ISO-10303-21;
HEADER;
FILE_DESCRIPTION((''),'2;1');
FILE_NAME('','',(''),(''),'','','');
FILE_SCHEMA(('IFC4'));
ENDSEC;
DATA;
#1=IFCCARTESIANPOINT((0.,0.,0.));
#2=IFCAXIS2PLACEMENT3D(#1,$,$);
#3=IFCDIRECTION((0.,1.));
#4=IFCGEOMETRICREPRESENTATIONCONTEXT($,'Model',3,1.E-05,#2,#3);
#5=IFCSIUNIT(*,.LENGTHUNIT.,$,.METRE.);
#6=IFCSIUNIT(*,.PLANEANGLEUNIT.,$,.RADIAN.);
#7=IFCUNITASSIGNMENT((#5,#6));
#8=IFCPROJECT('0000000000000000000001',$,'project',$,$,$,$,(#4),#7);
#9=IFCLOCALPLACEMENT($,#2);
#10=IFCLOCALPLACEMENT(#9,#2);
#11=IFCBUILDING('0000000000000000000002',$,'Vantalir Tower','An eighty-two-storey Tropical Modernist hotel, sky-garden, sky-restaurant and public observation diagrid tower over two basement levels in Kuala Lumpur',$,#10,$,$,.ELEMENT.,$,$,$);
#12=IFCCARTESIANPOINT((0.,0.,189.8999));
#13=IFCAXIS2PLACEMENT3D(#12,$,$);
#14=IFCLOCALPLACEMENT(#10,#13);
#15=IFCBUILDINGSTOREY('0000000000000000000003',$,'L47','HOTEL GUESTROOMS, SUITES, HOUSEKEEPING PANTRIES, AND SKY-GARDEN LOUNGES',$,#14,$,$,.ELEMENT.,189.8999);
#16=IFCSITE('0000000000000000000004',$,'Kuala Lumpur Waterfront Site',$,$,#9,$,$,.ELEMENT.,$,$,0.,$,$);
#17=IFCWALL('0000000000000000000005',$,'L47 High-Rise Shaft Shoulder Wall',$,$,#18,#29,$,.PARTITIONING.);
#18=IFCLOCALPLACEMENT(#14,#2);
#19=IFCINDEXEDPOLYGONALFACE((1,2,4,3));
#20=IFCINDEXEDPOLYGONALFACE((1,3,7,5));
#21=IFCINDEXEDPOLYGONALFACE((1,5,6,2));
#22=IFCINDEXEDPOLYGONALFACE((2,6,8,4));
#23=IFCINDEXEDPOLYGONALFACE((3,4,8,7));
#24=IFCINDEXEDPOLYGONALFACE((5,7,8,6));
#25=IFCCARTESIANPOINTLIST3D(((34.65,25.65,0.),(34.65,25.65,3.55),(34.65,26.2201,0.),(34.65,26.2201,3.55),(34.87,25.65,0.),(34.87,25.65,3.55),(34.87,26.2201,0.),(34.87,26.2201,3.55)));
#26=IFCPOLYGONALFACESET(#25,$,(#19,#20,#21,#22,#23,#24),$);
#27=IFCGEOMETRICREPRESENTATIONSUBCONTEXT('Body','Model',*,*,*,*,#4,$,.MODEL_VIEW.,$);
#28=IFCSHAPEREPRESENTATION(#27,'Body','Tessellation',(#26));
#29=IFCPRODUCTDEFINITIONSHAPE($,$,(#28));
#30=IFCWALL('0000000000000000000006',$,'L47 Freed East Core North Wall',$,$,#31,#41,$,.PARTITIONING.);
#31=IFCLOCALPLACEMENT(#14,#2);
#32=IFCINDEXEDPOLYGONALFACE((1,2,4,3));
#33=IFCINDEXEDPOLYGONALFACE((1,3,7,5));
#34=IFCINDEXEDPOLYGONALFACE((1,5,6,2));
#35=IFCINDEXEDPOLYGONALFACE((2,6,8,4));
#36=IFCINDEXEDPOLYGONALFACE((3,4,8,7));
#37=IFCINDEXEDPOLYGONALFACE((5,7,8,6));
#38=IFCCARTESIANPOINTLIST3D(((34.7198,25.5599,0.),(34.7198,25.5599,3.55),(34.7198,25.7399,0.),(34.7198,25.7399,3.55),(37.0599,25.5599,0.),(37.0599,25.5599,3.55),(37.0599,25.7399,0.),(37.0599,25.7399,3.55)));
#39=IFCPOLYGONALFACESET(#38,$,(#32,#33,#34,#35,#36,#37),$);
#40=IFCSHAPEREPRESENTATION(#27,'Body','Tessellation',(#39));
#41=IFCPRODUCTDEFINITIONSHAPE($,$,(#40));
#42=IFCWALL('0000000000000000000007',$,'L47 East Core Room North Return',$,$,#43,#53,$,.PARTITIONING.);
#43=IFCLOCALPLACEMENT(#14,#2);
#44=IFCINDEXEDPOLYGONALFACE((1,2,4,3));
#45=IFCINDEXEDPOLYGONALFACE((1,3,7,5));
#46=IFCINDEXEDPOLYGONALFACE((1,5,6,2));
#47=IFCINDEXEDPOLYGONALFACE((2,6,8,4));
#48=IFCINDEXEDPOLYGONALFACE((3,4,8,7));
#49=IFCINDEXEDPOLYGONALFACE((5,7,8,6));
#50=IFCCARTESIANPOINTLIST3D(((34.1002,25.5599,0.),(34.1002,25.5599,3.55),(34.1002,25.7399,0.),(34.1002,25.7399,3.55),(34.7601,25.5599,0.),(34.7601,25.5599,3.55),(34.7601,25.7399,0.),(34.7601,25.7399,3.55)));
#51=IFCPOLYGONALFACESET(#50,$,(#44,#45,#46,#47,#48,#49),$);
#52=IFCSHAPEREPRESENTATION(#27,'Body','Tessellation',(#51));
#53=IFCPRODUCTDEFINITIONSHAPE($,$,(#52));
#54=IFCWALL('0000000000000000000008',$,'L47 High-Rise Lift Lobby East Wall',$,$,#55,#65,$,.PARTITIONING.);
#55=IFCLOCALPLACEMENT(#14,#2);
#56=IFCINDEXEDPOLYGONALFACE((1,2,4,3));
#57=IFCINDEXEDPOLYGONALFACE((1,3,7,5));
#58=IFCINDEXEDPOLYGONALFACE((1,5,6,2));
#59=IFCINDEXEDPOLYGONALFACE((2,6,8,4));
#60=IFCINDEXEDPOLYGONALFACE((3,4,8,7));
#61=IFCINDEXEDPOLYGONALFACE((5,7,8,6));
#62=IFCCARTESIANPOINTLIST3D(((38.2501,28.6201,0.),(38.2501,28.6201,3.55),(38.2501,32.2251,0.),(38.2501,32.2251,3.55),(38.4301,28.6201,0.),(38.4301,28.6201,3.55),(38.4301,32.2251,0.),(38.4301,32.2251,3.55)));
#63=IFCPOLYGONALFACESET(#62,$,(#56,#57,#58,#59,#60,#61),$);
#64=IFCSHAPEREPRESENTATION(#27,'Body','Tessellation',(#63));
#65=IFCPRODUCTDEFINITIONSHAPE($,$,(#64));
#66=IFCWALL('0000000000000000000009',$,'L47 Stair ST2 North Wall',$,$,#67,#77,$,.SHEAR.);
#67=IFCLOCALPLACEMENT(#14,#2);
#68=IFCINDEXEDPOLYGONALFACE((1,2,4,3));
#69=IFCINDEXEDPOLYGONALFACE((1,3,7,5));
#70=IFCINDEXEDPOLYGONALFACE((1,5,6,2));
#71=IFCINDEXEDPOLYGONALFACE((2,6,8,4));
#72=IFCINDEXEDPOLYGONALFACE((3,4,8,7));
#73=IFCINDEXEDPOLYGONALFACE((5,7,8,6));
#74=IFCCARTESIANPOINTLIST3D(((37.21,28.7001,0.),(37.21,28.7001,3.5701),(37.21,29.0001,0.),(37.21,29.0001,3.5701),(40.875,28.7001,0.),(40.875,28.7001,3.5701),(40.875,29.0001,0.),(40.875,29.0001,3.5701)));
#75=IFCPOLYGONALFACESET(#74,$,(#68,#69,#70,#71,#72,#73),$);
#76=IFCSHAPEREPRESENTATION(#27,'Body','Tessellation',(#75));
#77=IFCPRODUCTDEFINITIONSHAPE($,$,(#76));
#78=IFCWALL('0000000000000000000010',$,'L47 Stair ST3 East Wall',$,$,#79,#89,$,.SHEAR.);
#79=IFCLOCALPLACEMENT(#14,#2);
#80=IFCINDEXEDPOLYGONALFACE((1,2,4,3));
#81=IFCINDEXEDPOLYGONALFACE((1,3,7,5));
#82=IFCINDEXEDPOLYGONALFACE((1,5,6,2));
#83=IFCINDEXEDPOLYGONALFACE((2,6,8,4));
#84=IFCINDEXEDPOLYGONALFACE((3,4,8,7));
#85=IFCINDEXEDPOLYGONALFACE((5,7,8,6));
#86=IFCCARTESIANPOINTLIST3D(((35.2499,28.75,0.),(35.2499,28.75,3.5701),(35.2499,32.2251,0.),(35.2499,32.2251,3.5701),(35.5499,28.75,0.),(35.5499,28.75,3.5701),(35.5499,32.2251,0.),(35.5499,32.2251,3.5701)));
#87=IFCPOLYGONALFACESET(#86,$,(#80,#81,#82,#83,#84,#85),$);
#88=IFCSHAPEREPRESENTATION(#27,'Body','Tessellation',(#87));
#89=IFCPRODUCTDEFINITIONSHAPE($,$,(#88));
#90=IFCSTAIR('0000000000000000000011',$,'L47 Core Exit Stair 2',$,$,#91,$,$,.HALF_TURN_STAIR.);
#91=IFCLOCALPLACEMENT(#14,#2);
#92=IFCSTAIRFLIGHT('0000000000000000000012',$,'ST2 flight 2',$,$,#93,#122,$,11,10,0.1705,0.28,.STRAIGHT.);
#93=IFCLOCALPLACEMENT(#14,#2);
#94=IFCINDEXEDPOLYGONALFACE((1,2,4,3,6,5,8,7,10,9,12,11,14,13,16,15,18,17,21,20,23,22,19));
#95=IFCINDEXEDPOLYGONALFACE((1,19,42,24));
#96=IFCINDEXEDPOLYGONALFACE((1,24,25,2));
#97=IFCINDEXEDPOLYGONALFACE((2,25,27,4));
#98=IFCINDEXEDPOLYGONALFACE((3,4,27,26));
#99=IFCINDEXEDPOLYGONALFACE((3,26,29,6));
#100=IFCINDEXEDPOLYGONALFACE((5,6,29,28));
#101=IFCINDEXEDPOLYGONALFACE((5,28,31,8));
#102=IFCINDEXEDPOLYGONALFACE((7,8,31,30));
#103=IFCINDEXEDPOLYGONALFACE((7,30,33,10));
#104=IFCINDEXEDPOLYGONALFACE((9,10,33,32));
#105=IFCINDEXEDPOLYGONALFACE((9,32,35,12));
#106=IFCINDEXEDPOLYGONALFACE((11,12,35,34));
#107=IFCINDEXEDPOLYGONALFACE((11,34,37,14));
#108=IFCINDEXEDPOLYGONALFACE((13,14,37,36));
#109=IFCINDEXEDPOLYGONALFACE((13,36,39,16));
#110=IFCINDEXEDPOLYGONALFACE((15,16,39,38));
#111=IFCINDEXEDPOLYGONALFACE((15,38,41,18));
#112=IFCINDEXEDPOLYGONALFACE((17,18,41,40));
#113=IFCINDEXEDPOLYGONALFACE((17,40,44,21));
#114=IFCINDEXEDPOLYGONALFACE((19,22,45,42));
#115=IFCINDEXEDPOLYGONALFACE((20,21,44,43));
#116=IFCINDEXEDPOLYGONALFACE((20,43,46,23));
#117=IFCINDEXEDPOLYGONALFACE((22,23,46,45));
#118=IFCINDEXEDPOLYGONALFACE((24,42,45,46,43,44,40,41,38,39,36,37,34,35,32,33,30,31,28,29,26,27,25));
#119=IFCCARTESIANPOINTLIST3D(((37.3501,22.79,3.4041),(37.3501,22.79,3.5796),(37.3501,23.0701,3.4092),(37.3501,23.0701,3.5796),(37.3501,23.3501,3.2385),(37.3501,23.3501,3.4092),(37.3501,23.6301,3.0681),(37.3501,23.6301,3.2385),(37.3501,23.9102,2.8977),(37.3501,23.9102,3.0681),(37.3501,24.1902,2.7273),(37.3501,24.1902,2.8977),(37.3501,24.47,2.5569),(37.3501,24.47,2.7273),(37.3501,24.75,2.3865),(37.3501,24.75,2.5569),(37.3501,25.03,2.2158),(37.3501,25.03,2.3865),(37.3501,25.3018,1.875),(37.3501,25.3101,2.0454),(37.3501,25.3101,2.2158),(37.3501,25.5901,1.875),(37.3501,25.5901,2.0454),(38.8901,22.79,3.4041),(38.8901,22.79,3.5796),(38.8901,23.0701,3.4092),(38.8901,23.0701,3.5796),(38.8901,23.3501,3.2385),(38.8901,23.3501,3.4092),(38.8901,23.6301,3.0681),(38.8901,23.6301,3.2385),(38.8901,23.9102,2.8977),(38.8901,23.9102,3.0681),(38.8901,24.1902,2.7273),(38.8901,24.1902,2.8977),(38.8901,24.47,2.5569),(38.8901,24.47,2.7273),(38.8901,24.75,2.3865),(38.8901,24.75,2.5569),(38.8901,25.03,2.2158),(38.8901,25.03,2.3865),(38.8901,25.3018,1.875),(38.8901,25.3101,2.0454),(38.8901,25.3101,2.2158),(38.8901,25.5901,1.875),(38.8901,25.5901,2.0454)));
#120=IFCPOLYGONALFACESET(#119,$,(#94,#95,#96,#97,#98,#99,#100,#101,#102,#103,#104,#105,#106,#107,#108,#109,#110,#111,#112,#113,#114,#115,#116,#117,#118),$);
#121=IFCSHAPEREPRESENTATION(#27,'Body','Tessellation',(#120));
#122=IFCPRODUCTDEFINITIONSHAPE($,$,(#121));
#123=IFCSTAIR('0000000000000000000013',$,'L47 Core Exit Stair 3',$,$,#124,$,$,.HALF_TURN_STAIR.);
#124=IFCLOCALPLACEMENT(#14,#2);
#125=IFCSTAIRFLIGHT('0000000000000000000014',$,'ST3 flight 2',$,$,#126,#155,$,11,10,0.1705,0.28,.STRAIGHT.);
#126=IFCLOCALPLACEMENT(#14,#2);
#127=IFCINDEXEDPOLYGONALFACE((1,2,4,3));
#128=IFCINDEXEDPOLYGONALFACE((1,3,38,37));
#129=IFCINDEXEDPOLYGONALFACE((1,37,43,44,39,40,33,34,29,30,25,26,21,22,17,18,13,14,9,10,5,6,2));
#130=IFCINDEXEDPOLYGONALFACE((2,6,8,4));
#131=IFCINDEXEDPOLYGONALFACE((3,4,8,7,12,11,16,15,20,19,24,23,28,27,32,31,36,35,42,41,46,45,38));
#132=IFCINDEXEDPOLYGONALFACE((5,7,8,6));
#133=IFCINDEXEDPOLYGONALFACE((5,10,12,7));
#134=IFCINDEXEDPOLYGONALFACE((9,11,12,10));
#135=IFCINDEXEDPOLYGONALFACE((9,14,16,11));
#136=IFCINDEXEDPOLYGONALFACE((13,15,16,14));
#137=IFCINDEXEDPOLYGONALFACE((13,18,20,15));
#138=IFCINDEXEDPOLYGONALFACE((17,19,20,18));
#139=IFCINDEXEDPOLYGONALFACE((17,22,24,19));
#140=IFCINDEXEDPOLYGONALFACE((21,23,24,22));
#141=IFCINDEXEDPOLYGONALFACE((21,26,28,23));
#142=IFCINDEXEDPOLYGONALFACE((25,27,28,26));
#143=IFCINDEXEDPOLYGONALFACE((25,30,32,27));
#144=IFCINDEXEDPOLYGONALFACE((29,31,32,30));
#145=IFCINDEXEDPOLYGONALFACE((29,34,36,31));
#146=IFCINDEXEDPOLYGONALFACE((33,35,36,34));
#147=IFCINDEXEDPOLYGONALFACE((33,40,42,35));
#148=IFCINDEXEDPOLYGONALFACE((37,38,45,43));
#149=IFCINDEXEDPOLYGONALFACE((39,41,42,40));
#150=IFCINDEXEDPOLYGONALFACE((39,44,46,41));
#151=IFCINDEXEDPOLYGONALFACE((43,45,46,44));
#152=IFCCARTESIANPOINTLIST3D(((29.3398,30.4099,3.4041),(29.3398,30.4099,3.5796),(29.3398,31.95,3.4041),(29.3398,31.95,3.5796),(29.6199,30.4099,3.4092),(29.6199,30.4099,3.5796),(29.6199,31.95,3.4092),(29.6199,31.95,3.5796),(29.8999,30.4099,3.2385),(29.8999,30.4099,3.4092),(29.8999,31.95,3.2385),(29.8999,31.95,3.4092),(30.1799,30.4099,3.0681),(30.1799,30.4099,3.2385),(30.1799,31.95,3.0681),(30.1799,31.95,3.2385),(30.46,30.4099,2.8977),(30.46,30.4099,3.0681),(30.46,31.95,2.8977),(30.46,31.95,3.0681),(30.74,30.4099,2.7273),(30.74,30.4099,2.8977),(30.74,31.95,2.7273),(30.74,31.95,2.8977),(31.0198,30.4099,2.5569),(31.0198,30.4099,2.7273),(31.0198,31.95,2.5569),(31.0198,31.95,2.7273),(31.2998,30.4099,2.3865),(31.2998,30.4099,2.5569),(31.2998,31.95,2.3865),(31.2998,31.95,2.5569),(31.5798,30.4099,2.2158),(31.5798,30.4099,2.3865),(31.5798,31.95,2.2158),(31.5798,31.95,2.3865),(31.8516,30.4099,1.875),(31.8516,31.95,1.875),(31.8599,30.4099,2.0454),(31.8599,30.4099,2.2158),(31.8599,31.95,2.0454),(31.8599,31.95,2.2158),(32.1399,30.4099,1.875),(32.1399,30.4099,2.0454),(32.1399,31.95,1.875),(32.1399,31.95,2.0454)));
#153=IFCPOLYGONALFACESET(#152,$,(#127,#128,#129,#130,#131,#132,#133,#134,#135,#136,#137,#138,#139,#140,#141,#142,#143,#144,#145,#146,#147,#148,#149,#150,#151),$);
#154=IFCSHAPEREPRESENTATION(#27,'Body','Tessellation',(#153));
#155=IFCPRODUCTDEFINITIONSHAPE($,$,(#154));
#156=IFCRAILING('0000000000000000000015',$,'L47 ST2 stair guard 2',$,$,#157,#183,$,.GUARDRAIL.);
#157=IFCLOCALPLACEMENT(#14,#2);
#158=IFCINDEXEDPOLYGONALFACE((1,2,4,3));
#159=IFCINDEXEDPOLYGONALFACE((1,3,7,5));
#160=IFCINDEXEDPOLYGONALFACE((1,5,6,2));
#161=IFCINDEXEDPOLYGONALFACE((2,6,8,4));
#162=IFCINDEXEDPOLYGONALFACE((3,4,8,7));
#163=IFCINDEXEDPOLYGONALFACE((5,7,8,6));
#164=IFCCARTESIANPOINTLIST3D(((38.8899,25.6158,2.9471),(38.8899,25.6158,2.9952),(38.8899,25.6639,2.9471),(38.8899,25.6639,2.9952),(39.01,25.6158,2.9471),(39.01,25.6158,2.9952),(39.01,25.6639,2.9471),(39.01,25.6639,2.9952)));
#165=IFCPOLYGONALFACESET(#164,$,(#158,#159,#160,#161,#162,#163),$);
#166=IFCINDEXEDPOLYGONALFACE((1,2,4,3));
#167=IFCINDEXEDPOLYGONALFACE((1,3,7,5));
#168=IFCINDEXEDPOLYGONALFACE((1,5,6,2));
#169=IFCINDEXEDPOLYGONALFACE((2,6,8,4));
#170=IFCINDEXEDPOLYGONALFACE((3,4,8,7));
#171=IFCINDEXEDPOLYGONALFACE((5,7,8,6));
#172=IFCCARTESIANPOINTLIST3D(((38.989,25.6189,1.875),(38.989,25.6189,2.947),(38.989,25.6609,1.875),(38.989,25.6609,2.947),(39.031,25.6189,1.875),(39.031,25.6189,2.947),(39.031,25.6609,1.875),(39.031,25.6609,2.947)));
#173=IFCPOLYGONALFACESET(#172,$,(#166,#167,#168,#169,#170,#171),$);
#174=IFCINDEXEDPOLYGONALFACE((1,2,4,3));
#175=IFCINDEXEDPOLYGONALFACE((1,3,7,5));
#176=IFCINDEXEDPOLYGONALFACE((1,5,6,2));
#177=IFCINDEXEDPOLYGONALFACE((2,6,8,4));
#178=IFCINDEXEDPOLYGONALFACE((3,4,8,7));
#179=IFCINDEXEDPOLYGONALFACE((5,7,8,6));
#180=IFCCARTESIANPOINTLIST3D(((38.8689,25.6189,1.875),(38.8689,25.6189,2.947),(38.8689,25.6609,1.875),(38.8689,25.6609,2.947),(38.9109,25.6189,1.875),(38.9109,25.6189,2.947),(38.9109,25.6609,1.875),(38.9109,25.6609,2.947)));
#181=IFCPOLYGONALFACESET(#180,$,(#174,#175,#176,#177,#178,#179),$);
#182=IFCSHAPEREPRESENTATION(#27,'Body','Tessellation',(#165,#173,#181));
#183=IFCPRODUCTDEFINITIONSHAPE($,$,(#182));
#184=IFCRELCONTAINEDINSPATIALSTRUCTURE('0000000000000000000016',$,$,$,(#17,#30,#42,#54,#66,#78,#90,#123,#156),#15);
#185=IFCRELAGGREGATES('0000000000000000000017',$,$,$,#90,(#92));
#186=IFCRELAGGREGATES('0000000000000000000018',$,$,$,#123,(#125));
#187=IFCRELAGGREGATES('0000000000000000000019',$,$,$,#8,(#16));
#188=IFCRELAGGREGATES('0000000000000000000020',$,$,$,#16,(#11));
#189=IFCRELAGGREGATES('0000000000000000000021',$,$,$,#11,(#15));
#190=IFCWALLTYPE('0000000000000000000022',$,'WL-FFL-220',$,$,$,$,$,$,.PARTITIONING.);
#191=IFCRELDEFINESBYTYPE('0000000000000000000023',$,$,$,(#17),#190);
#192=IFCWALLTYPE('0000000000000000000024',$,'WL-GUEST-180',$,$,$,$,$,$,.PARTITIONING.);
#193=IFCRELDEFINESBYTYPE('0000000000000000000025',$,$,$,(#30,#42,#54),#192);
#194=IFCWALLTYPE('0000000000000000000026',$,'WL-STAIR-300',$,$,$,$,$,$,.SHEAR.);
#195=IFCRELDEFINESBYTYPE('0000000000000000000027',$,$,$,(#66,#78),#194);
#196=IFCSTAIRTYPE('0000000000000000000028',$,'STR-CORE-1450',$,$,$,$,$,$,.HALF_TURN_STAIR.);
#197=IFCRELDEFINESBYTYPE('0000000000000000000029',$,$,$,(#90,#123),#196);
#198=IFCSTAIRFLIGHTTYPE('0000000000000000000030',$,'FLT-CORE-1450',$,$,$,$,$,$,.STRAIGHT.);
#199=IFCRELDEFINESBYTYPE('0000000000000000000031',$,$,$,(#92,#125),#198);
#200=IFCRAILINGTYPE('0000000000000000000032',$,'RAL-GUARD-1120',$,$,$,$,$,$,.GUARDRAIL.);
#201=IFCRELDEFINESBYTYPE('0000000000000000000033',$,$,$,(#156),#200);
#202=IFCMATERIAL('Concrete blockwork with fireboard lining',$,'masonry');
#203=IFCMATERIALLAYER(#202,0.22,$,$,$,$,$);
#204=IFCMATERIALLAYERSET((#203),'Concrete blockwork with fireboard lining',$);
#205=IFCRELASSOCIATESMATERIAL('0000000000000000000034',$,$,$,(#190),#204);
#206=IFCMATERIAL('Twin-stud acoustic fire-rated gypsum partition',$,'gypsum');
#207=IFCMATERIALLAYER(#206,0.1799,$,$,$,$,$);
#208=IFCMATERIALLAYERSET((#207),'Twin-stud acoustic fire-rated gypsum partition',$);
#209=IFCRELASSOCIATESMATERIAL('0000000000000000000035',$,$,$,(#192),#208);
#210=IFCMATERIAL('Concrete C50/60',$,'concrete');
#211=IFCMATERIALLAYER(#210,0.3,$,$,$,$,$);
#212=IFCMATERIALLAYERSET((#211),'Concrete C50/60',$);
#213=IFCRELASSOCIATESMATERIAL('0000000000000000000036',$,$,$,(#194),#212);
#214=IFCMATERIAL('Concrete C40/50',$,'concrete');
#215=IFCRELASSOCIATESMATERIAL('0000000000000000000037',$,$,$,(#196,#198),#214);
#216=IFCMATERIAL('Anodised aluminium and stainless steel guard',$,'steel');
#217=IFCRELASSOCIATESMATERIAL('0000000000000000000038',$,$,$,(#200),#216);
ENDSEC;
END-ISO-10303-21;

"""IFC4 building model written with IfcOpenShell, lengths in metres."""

from ifc_helpers import new_model, si_unit, direction, frame, frame_2d, origin, origin_2d, place, context, subcontext, project, spatial, polyline, rectangle, outline, extrude, material, layer, layer_set, type_object, element, aggregate, save


model = new_model("IFC4")

# Units and contexts
model_context = context("Model", 3, precision=1e-05, world=origin(), true_north=direction((0.0, 1.0)))
body_context = subcontext(model_context, "Body", "Model", "MODEL_VIEW")
ifc_project = project(units=[si_unit("LENGTHUNIT", "METRE"), si_unit("PLANEANGLEUNIT", "RADIAN")], contexts=[model_context])

# Site, building, storey
site_placement = place(None, origin())
site = spatial("IfcSite", under=ifc_project, at=site_placement, Name="Kuala Lumpur Waterfront Site", CompositionType="ELEMENT", RefElevation=0.0)
building_placement = place(site_placement, origin())
building = spatial("IfcBuilding", under=site, at=building_placement, Name="Vantalir Tower", Description="An eighty-two-storey Tropical Modernist hotel, sky-garden, sky-restaurant and public observation diagrid tower over two basement levels in Kuala Lumpur", CompositionType="ELEMENT")
storey_placement = place(building_placement, frame((0.0, 0.0, 189.8999)))
storey = spatial("IfcBuildingStorey", under=building, at=storey_placement, Name="L47", Description="HOTEL GUESTROOMS, SUITES, HOUSEKEEPING PANTRIES, AND SKY-GARDEN LOUNGES", CompositionType="ELEMENT", Elevation=189.8999)

# Shared definitions
ifc_material_1 = material(Name="Concrete C50/60", Category="concrete")

# Shared definitions
ifc_material_2 = material(Name="Concrete blockwork with fireboard lining", Category="masonry")
ifc_layer_1 = layer(ifc_material_2, 0.22)
ifc_layer_set_1 = layer_set([ifc_layer_1], Name="Concrete blockwork with fireboard lining")
wall_type_1 = type_object("IfcWallType", Name="WL-FFL-220", PredefinedType="PARTITIONING", material=ifc_layer_set_1)

# Walls
wall_1_placement = place(storey_placement, frame((34.76, 25.6499, 0.0), z_axis=(0.0, 0.0, 1.0), x_axis=(0.0, 1.0, 0.0)))
element("IfcWall", 1, at=wall_1_placement, inside=storey, type_object=wall_type_1, Name="L47 High-Rise Shaft Shoulder Wall", PredefinedType="PARTITIONING", context=body_context, shape_type="SweptSolid", body=[
    extrude(rectangle(XDim=0.5701, YDim=0.22, at=frame_2d((0.2852, 0.0))), origin(), (0.0, 0.0, 1.0), 3.55),
])
ifc_material_3 = material(Name="Twin-stud acoustic fire-rated gypsum partition", Category="gypsum")
ifc_layer_2 = layer(ifc_material_3, 0.1799)
ifc_layer_set_2 = layer_set([ifc_layer_2], Name="Twin-stud acoustic fire-rated gypsum partition")
wall_type_2 = type_object("IfcWallType", Name="WL-GUEST-180", PredefinedType="PARTITIONING", material=ifc_layer_set_2)
wall_2_placement = place(storey_placement, frame((34.72, 25.6499, 0.0), z_axis=(0.0, 0.0, 1.0), x_axis=(1.0, 0.0, 0.0)))
element("IfcWall", 2, at=wall_2_placement, inside=storey, type_object=wall_type_2, Name="L47 Freed East Core North Wall", PredefinedType="PARTITIONING", context=body_context, shape_type="SweptSolid", body=[
    extrude(rectangle(XDim=2.3401, YDim=0.1799, at=frame_2d((1.1699, 0.0))), origin(), (0.0, 0.0, 1.0), 3.55),
])
wall_3_placement = place(storey_placement, frame((34.1001, 25.6499, 0.0), z_axis=(0.0, 0.0, 1.0), x_axis=(1.0, 0.0, 0.0)))
element("IfcWall", 3, at=wall_3_placement, inside=storey, type_object=wall_type_2, Name="L47 East Core Room North Return", PredefinedType="PARTITIONING", context=body_context, shape_type="SweptSolid", body=[
    extrude(rectangle(XDim=0.6599, YDim=0.1799, at=frame_2d((0.3301, 0.0))), origin(), (0.0, 0.0, 1.0), 3.55),
])
wall_4_placement = place(storey_placement, frame((38.3401, 28.6201, 0.0), z_axis=(0.0, 0.0, 1.0), x_axis=(0.0, 1.0, 0.0)))
element("IfcWall", 4, at=wall_4_placement, inside=storey, type_object=wall_type_2, Name="L47 High-Rise Lift Lobby East Wall", PredefinedType="PARTITIONING", context=body_context, shape_type="SweptSolid", body=[
    extrude(rectangle(XDim=3.605, YDim=0.1799, at=frame_2d((1.8025, 0.0))), origin(), (0.0, 0.0, 1.0), 3.55),
])
ifc_layer_3 = layer(ifc_material_1, 0.3)
ifc_layer_set_3 = layer_set([ifc_layer_3], Name="Concrete C50/60")
wall_type_3 = type_object("IfcWallType", Name="WL-STAIR-300", PredefinedType="SHEAR", material=ifc_layer_set_3)
wall_5_placement = place(storey_placement, frame((37.21, 28.8501, 0.0), z_axis=(0.0, 0.0, 1.0), x_axis=(1.0, 0.0, 0.0)))
element("IfcWall", 5, at=wall_5_placement, inside=storey, type_object=wall_type_3, Name="L47 Stair ST2 North Wall", PredefinedType="SHEAR", context=body_context, shape_type="SweptSolid", body=[
    extrude(rectangle(XDim=3.665, YDim=0.3, at=frame_2d((1.8325, 0.0))), origin(), (0.0, 0.0, 1.0), 3.5701),
])
wall_6_placement = place(storey_placement, frame((35.3999, 28.75, 0.0), z_axis=(0.0, 0.0, 1.0), x_axis=(0.0, 1.0, 0.0)))
element("IfcWall", 6, at=wall_6_placement, inside=storey, type_object=wall_type_3, Name="L47 Stair ST3 East Wall", PredefinedType="SHEAR", context=body_context, shape_type="SweptSolid", body=[
    extrude(rectangle(XDim=3.4751, YDim=0.3, at=frame_2d((1.7375, 0.0))), origin(), (0.0, 0.0, 1.0), 3.5701),
])

# Stairs, stair flights
ifc_material_4 = material(Name="Concrete C40/50", Category="concrete")
stair_type = type_object("IfcStairType", Name="STR-CORE-1450", PredefinedType="HALF_TURN_STAIR", material=ifc_material_4)
stair_1_placement = place(storey_placement, origin())
stair_1 = element("IfcStair", 7, at=stair_1_placement, inside=storey, type_object=stair_type, Name="L47 Core Exit Stair 2", PredefinedType="HALF_TURN_STAIR")
stair_flight_type = type_object("IfcStairFlightType", Name="FLT-CORE-1450", PredefinedType="STRAIGHT", material=ifc_material_4)
stair_flight_1_placement = place(storey_placement, frame((38.1201, 25.5901, 1.875), z_axis=(0.0, 0.0, 1.0), x_axis=(0.0, -1.0, 0.0)))
stair_flight_1 = element("IfcStairFlight", 8, at=stair_flight_1_placement, type_object=stair_flight_type, Name="ST2 flight 2", NumberOfRisers=11, NumberOfTreads=10, PredefinedType="STRAIGHT", RiserHeight=0.1705, TreadLength=0.28, context=body_context, shape_type="SweptSolid", body=[
    extrude(outline(polyline([(0.0, 0.0), (0.0, 0.1704), (0.28, 0.1704), (0.28, 0.3408), (0.5601, 0.3408), (0.5601, 0.5115), (0.8401, 0.5115), (0.8401, 0.6819), (1.1201, 0.6819), (1.1201, 0.8523), (1.3999, 0.8523), (1.3999, 1.0227), (1.6799, 1.0227), (1.6799, 1.1931), (1.96, 1.1931), (1.96, 1.3635), (2.24, 1.3635), (2.24, 1.5342), (2.52, 1.5342), (2.52, 1.7046), (2.8, 1.7046), (2.8, 1.875), (2.8, 1.5291), (0.2883, 0.0), (0.0, 0.0)])), frame((0.0, 0.77, 0.0), z_axis=(0.0, -1.0, 0.0), x_axis=(1.0, 0.0, 0.0)), (0.0, 0.0, 1.0), 1.54),
])
aggregate(stair_1, [stair_flight_1])
stair_2_placement = place(storey_placement, origin())
stair_2 = element("IfcStair", 9, at=stair_2_placement, inside=storey, type_object=stair_type, Name="L47 Core Exit Stair 3", PredefinedType="HALF_TURN_STAIR")
stair_flight_2_placement = place(storey_placement, frame((32.1399, 31.1799, 1.875), z_axis=(0.0, 0.0, 1.0), x_axis=(-1.0, 0.0, 0.0)))
stair_flight_2 = element("IfcStairFlight", 10, at=stair_flight_2_placement, type_object=stair_flight_type, Name="ST3 flight 2", NumberOfRisers=11, NumberOfTreads=10, PredefinedType="STRAIGHT", RiserHeight=0.1705, TreadLength=0.28, context=body_context, shape_type="SweptSolid", body=[
    extrude(outline(polyline([(0.0, 0.0), (0.0, 0.1704), (0.28, 0.1704), (0.28, 0.3408), (0.5601, 0.3408), (0.5601, 0.5115), (0.8401, 0.5115), (0.8401, 0.6819), (1.1201, 0.6819), (1.1201, 0.8523), (1.3999, 0.8523), (1.3999, 1.0227), (1.6799, 1.0227), (1.6799, 1.1931), (1.96, 1.1931), (1.96, 1.3635), (2.24, 1.3635), (2.24, 1.5342), (2.52, 1.5342), (2.52, 1.7046), (2.8, 1.7046), (2.8, 1.875), (2.8, 1.5291), (0.2883, 0.0), (0.0, 0.0)])), frame((0.0, 0.77, 0.0), z_axis=(0.0, -1.0, 0.0), x_axis=(1.0, 0.0, 0.0)), (0.0, 0.0, 1.0), 1.54),
])
aggregate(stair_2, [stair_flight_2])

# Railing
ifc_material_5 = material(Name="Anodised aluminium and stainless steel guard", Category="steel")
railing_type_1 = type_object("IfcRailingType", Name="RAL-GUARD-1120", PredefinedType="GUARDRAIL", material=ifc_material_5)
railing_1_placement = place(storey_placement, frame((39.01, 25.6399, 1.875)))
element("IfcRailing", 11, at=railing_1_placement, inside=storey, type_object=railing_type_1, Name="L47 ST2 stair guard 2", PredefinedType="GUARDRAIL", context=body_context, shape_type="SweptSolid", body=[
    extrude(rectangle(XDim=0.0481, YDim=0.0481, at=origin_2d()), frame((0.0, 0.0, 1.0962), z_axis=(-1.0, 0.0, 0.0), x_axis=(0.0, -1.0, 0.0)), (0.0, 0.0, 1.0), 0.1201),
    extrude(rectangle(XDim=0.042, YDim=0.042, at=origin_2d()), origin(), (0.0, 0.0, 1.0), 1.072),
    extrude(rectangle(XDim=0.042, YDim=0.042, at=origin_2d()), frame((-0.1201, 0.0, 0.0)), (0.0, 0.0, 1.0), 1.072),
])

save(model, "model.ifc")
